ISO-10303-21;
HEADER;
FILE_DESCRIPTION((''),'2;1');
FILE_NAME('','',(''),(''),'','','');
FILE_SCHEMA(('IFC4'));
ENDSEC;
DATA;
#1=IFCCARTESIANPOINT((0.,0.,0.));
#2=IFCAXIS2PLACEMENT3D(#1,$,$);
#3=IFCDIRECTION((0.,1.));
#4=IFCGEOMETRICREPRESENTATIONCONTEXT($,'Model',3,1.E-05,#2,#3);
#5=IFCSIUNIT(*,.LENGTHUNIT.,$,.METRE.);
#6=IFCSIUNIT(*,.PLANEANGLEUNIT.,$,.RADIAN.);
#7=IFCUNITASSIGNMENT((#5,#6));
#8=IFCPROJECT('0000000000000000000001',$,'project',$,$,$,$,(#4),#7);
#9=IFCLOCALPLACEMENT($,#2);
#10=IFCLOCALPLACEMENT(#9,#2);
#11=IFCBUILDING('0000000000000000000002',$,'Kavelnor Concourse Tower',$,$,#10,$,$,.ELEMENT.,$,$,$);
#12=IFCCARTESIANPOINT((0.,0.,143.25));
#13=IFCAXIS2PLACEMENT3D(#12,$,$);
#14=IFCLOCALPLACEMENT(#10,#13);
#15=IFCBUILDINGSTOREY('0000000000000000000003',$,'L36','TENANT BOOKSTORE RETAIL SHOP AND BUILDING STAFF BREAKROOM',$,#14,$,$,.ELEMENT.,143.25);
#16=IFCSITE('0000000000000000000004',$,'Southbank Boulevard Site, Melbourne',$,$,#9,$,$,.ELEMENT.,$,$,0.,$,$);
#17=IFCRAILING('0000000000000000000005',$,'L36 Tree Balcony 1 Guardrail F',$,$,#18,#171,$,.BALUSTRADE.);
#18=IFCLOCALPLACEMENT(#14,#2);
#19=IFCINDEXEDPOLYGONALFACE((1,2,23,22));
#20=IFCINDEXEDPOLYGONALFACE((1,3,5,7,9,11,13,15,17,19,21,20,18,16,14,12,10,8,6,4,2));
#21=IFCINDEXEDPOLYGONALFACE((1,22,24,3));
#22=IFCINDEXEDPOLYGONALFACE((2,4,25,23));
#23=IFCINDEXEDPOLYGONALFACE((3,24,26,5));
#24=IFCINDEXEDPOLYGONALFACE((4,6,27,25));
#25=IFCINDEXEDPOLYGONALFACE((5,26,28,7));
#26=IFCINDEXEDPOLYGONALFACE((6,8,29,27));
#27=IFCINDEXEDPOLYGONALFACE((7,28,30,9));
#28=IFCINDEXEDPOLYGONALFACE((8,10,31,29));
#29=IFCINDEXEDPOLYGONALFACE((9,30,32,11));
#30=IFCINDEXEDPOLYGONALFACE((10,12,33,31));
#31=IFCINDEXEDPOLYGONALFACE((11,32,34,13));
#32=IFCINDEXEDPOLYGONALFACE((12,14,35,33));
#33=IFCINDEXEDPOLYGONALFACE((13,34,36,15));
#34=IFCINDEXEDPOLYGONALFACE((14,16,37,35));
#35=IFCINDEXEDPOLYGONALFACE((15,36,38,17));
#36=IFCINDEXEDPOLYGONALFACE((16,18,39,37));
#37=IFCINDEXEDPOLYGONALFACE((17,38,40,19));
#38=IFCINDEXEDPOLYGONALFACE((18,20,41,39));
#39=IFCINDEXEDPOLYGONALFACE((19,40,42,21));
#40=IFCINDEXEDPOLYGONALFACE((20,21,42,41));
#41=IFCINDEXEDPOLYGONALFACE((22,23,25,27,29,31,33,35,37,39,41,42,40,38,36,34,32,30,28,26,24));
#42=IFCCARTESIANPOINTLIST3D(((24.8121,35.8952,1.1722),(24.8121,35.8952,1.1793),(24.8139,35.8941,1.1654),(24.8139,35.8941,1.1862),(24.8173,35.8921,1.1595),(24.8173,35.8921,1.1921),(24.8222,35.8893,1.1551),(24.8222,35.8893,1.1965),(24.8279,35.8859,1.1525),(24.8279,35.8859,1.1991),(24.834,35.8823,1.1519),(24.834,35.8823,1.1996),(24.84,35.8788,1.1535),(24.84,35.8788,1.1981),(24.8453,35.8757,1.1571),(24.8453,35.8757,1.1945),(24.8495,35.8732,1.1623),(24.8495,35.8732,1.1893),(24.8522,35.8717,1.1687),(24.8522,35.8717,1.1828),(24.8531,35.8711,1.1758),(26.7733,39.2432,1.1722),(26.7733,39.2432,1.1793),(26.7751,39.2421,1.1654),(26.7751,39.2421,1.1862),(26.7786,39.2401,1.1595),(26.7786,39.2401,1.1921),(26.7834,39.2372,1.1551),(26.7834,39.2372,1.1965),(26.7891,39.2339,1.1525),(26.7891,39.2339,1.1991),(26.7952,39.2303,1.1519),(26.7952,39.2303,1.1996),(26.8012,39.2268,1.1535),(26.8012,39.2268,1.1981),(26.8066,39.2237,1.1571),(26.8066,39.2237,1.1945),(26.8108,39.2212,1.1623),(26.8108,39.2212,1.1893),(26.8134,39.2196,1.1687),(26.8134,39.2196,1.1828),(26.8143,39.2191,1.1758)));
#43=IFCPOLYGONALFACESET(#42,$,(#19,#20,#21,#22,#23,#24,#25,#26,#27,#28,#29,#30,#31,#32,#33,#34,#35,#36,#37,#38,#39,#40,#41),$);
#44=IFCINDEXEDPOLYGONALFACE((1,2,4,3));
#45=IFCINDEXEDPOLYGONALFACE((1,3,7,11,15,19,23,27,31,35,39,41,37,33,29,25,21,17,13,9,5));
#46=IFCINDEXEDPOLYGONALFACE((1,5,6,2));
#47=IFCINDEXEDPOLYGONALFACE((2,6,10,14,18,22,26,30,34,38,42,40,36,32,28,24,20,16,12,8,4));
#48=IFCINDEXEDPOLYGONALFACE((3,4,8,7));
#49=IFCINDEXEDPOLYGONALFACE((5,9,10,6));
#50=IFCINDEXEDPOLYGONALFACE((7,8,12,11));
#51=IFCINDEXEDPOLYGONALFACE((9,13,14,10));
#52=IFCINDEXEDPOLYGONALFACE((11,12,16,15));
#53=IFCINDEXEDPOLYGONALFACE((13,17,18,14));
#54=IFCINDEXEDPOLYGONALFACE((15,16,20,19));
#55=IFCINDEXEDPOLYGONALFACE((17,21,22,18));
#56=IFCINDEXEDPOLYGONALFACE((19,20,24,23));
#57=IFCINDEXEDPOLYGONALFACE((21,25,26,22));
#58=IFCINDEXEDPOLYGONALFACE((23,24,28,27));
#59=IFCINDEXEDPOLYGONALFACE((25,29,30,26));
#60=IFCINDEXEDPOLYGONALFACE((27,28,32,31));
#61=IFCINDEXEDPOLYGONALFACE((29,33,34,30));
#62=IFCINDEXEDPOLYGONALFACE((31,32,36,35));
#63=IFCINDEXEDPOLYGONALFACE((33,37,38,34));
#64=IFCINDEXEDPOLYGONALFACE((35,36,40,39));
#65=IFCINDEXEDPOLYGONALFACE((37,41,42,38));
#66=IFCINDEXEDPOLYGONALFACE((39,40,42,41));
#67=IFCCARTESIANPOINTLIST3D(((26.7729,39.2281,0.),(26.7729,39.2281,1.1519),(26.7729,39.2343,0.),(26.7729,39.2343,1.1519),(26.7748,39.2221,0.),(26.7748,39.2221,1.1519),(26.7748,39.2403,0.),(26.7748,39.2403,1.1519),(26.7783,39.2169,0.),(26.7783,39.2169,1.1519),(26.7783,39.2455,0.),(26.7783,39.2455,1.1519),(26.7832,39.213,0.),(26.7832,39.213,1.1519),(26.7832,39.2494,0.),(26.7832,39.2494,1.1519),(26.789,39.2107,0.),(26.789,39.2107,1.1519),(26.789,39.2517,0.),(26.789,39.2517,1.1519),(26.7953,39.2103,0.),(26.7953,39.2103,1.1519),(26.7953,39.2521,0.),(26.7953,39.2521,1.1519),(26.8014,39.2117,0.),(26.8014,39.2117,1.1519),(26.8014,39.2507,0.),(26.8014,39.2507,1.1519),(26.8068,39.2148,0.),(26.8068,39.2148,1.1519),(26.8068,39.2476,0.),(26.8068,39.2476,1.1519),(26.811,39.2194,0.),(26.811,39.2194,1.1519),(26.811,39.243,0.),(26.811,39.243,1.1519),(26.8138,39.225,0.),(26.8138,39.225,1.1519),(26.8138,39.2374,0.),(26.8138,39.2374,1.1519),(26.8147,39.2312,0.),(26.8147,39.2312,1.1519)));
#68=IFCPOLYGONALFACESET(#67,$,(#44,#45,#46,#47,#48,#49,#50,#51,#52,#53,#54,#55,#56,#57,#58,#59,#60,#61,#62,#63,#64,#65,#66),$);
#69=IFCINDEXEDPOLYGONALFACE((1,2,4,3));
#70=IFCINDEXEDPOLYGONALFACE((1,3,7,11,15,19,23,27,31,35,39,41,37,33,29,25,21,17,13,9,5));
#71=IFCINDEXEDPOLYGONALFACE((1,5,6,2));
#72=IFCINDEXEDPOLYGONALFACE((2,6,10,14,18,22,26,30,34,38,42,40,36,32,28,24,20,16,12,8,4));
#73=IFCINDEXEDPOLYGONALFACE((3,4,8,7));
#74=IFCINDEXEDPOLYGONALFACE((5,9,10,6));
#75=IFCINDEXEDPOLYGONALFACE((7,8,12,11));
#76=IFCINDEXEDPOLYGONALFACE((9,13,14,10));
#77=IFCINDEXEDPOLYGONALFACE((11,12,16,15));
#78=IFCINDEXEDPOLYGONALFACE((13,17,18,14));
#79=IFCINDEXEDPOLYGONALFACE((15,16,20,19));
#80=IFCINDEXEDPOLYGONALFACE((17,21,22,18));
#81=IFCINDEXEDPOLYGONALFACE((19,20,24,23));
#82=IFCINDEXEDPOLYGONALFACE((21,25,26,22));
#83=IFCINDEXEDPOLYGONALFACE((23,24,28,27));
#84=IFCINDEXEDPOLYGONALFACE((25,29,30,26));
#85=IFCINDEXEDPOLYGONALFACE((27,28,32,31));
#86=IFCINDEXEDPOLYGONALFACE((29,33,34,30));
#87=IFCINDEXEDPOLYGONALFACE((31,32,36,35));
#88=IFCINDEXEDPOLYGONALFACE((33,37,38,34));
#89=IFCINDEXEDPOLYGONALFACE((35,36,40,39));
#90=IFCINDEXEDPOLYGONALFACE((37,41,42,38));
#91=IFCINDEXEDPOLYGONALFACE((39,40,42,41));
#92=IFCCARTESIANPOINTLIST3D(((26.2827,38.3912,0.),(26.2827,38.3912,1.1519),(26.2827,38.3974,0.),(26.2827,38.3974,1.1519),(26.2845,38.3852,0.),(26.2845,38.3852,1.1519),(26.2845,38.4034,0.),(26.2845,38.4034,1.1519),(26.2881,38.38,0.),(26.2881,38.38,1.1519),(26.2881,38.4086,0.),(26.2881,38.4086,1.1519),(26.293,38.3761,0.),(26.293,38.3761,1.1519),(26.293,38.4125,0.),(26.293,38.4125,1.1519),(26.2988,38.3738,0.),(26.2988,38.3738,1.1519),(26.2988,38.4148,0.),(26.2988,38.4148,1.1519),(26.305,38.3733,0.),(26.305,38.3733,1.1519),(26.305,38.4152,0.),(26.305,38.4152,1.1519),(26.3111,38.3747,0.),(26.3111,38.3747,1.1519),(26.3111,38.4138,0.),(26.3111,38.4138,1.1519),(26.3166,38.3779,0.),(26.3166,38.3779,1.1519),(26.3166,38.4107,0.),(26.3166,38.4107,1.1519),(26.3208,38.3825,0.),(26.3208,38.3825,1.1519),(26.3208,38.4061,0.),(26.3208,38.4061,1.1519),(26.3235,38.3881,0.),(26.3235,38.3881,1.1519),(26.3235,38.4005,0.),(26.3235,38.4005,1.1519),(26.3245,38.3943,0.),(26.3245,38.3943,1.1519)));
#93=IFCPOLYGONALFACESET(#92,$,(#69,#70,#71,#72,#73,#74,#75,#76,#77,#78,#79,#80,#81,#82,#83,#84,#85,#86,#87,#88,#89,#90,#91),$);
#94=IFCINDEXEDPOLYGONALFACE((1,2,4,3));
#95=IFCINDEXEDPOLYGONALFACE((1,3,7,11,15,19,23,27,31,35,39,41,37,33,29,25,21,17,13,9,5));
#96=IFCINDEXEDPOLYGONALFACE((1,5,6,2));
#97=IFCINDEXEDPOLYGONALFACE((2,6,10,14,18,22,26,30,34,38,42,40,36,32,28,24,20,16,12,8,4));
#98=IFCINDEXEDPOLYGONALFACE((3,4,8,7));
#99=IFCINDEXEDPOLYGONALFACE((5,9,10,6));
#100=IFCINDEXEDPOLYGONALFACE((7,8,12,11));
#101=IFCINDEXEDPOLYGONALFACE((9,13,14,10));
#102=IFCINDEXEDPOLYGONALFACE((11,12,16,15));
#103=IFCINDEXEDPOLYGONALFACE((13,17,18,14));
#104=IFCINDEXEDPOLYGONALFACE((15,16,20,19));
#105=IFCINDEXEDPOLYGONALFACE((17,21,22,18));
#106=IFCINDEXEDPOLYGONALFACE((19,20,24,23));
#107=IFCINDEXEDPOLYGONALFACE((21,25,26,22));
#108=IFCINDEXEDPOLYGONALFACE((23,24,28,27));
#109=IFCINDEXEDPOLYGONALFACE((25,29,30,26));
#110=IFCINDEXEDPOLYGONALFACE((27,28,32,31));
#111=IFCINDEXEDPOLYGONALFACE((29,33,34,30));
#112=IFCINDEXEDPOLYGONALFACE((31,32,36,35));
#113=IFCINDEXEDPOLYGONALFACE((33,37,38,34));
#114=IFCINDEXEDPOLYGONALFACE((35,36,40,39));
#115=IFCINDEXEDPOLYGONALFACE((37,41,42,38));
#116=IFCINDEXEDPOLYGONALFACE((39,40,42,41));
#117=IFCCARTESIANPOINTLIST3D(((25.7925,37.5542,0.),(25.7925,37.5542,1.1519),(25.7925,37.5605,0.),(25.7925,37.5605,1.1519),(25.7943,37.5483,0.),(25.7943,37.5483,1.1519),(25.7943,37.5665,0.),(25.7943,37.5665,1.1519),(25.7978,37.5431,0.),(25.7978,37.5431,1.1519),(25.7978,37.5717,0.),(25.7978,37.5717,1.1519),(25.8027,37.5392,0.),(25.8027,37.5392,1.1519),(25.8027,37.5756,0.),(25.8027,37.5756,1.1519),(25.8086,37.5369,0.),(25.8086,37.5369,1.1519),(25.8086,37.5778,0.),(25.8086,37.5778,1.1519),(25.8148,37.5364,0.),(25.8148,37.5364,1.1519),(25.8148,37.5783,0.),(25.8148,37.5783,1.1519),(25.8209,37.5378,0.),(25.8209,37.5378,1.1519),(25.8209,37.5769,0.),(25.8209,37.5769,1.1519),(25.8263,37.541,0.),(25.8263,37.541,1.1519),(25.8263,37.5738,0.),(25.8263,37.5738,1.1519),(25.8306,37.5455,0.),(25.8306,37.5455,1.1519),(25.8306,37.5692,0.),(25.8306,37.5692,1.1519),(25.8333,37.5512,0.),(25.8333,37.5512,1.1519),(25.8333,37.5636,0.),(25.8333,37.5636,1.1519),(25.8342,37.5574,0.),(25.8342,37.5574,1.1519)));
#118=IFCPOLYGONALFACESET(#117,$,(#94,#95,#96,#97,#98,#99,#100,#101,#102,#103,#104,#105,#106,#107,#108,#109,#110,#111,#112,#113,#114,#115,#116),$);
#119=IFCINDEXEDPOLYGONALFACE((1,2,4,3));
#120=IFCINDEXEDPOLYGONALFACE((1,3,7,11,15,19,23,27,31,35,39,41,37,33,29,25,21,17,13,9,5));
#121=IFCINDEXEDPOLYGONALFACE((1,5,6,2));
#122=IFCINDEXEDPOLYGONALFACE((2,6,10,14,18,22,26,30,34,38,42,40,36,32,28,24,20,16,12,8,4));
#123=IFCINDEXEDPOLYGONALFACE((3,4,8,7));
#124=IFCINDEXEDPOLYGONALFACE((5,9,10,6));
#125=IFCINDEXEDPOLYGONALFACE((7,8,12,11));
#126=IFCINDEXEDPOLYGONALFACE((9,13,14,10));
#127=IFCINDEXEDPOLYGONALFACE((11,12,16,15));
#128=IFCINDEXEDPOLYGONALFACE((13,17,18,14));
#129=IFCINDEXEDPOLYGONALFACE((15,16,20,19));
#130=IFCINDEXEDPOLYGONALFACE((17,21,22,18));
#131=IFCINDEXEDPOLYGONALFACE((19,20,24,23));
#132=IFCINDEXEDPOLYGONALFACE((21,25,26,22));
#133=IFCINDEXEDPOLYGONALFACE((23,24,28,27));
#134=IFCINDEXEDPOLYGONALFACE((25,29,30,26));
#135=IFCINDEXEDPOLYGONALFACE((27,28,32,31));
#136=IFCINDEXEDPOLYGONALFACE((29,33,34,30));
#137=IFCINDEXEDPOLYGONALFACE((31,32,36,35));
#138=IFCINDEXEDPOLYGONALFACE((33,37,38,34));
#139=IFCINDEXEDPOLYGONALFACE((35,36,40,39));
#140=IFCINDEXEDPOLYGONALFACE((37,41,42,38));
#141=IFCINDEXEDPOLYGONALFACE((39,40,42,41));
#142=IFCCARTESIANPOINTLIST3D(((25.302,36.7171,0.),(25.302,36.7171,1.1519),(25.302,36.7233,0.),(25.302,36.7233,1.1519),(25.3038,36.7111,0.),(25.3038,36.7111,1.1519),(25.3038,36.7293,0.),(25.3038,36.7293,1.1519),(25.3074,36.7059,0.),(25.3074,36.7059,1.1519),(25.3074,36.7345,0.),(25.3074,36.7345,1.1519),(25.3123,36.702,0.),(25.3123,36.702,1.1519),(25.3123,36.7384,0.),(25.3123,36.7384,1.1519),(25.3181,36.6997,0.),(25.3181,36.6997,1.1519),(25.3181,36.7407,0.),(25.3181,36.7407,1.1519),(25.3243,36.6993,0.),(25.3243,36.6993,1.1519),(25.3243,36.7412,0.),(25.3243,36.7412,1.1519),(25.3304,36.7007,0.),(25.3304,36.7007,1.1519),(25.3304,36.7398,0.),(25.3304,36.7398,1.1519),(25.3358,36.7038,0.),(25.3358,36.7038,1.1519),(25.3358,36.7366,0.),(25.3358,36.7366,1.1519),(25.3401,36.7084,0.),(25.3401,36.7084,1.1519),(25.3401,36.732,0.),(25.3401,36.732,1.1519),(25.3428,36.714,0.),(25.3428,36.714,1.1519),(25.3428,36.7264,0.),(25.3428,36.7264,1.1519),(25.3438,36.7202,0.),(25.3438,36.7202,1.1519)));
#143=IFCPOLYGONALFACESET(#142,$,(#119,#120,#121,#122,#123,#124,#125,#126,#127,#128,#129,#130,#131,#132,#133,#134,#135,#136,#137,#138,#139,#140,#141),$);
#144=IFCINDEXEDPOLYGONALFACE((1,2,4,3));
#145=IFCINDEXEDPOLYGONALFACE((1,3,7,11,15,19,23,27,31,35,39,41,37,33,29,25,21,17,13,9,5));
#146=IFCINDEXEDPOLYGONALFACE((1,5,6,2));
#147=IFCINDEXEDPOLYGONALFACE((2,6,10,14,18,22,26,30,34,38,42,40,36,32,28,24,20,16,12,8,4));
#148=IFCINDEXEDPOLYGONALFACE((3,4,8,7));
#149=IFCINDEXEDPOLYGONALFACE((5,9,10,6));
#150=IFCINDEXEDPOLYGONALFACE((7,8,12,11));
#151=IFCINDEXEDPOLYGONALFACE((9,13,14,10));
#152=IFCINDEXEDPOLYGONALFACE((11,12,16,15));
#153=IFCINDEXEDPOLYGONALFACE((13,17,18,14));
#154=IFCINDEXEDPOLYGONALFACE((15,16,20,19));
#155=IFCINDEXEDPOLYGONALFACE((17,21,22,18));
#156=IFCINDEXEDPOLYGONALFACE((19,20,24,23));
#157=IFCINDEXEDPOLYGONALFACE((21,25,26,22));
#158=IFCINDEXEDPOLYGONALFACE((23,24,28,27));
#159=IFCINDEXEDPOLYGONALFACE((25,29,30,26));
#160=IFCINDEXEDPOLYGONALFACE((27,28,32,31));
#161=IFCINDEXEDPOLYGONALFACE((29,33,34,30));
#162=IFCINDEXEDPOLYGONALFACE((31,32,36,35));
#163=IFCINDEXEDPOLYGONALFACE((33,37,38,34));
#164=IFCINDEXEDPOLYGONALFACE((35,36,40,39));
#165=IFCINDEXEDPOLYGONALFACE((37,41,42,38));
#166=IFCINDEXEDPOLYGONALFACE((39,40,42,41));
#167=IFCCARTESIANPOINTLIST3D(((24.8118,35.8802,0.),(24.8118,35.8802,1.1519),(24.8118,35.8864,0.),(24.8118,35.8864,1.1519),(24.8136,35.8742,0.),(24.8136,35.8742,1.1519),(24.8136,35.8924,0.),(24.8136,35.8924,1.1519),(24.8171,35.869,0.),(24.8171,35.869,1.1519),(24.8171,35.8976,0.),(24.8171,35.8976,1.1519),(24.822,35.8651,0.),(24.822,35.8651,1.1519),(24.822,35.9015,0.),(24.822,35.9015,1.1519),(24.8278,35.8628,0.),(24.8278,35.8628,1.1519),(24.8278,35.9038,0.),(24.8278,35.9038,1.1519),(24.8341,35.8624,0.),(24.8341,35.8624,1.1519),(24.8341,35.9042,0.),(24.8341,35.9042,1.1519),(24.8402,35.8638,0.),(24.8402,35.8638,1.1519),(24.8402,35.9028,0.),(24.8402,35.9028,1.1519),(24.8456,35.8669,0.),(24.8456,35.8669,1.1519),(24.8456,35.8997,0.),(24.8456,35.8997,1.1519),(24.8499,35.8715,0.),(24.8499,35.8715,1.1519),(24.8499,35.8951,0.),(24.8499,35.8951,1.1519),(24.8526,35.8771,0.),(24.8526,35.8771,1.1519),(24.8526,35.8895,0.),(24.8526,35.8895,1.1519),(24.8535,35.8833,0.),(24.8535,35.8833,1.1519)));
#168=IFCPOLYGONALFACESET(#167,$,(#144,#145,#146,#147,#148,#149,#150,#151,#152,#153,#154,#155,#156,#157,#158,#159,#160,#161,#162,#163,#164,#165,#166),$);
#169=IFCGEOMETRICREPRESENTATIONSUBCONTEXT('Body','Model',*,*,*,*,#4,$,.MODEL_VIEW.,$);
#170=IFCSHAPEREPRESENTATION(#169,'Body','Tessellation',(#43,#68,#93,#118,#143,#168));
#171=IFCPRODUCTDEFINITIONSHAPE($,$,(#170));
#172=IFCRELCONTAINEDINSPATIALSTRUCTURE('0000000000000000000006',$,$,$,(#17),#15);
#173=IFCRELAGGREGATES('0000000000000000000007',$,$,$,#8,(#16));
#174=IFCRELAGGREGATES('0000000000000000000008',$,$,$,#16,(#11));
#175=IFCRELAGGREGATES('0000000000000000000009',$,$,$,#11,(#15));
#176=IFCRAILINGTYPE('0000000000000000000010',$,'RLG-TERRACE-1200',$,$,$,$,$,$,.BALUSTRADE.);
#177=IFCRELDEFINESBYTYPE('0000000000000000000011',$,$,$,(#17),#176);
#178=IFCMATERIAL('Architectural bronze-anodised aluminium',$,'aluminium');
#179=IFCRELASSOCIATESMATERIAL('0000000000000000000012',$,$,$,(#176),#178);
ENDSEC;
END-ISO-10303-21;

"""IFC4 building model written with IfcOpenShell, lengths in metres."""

from ifc_helpers import new_model, si_unit, direction, frame, origin, origin_2d, place, context, subcontext, project, spatial, circle, extrude, material, type_object, element, save


model = new_model("IFC4")

# Units and contexts
model_context = context("Model", 3, precision=1e-05, world=origin(), true_north=direction((0.0, 1.0)))
body_context = subcontext(model_context, "Body", "Model", "MODEL_VIEW")
ifc_project = project(units=[si_unit("LENGTHUNIT", "METRE"), si_unit("PLANEANGLEUNIT", "RADIAN")], contexts=[model_context])

# Site, building, storey
site_placement = place(None, origin())
site = spatial("IfcSite", under=ifc_project, at=site_placement, Name="Southbank Boulevard Site, Melbourne", CompositionType="ELEMENT", RefElevation=0.0)
building_placement = place(site_placement, origin())
building = spatial("IfcBuilding", under=site, at=building_placement, Name="Kavelnor Concourse Tower", CompositionType="ELEMENT")
storey_placement = place(building_placement, frame((0.0, 0.0, 143.25)))
storey = spatial("IfcBuildingStorey", under=building, at=storey_placement, Name="L36", Description="TENANT BOOKSTORE RETAIL SHOP AND BUILDING STAFF BREAKROOM", CompositionType="ELEMENT", Elevation=143.25)

# Railing
ifc_material_1 = material(Name="Architectural bronze-anodised aluminium", Category="aluminium")
railing_type = type_object("IfcRailingType", Name="RLG-TERRACE-1200", PredefinedType="BALUSTRADE", material=ifc_material_1)
railing_1_placement = place(storey_placement, frame((26.7937, 39.2312, 0.0)))
element("IfcRailing", 1, at=railing_1_placement, inside=storey, type_object=railing_type, Name="L36 Tree Balcony 1 Guardrail F", PredefinedType="BALUSTRADE", context=body_context, shape_type="SweptSolid", body=[
    extrude(circle(Radius=0.0239, at=origin_2d()), frame((0.0, 0.0, 1.1758), z_axis=(-0.505455, -0.862853, 0.0), x_axis=(0.862853, -0.505455, 0.0)), (0.0, 0.0, 1.0), 3.8801),
    extrude(circle(Radius=0.021, at=origin_2d()), origin(), (0.0, 0.0, 1.0), 1.1519),
    extrude(circle(Radius=0.021, at=origin_2d()), frame((-0.4902, -0.8369, 0.0)), (0.0, 0.0, 1.0), 1.1519),
    extrude(circle(Radius=0.021, at=origin_2d()), frame((-0.9805, -1.6738, 0.0)), (0.0, 0.0, 1.0), 1.1519),
    extrude(circle(Radius=0.021, at=origin_2d()), frame((-1.4709, -2.511, 0.0)), (0.0, 0.0, 1.0), 1.1519),
    extrude(circle(Radius=0.021, at=origin_2d()), frame((-1.9612, -3.3479, 0.0)), (0.0, 0.0, 1.0), 1.1519),
])

save(model, "model.ifc")
